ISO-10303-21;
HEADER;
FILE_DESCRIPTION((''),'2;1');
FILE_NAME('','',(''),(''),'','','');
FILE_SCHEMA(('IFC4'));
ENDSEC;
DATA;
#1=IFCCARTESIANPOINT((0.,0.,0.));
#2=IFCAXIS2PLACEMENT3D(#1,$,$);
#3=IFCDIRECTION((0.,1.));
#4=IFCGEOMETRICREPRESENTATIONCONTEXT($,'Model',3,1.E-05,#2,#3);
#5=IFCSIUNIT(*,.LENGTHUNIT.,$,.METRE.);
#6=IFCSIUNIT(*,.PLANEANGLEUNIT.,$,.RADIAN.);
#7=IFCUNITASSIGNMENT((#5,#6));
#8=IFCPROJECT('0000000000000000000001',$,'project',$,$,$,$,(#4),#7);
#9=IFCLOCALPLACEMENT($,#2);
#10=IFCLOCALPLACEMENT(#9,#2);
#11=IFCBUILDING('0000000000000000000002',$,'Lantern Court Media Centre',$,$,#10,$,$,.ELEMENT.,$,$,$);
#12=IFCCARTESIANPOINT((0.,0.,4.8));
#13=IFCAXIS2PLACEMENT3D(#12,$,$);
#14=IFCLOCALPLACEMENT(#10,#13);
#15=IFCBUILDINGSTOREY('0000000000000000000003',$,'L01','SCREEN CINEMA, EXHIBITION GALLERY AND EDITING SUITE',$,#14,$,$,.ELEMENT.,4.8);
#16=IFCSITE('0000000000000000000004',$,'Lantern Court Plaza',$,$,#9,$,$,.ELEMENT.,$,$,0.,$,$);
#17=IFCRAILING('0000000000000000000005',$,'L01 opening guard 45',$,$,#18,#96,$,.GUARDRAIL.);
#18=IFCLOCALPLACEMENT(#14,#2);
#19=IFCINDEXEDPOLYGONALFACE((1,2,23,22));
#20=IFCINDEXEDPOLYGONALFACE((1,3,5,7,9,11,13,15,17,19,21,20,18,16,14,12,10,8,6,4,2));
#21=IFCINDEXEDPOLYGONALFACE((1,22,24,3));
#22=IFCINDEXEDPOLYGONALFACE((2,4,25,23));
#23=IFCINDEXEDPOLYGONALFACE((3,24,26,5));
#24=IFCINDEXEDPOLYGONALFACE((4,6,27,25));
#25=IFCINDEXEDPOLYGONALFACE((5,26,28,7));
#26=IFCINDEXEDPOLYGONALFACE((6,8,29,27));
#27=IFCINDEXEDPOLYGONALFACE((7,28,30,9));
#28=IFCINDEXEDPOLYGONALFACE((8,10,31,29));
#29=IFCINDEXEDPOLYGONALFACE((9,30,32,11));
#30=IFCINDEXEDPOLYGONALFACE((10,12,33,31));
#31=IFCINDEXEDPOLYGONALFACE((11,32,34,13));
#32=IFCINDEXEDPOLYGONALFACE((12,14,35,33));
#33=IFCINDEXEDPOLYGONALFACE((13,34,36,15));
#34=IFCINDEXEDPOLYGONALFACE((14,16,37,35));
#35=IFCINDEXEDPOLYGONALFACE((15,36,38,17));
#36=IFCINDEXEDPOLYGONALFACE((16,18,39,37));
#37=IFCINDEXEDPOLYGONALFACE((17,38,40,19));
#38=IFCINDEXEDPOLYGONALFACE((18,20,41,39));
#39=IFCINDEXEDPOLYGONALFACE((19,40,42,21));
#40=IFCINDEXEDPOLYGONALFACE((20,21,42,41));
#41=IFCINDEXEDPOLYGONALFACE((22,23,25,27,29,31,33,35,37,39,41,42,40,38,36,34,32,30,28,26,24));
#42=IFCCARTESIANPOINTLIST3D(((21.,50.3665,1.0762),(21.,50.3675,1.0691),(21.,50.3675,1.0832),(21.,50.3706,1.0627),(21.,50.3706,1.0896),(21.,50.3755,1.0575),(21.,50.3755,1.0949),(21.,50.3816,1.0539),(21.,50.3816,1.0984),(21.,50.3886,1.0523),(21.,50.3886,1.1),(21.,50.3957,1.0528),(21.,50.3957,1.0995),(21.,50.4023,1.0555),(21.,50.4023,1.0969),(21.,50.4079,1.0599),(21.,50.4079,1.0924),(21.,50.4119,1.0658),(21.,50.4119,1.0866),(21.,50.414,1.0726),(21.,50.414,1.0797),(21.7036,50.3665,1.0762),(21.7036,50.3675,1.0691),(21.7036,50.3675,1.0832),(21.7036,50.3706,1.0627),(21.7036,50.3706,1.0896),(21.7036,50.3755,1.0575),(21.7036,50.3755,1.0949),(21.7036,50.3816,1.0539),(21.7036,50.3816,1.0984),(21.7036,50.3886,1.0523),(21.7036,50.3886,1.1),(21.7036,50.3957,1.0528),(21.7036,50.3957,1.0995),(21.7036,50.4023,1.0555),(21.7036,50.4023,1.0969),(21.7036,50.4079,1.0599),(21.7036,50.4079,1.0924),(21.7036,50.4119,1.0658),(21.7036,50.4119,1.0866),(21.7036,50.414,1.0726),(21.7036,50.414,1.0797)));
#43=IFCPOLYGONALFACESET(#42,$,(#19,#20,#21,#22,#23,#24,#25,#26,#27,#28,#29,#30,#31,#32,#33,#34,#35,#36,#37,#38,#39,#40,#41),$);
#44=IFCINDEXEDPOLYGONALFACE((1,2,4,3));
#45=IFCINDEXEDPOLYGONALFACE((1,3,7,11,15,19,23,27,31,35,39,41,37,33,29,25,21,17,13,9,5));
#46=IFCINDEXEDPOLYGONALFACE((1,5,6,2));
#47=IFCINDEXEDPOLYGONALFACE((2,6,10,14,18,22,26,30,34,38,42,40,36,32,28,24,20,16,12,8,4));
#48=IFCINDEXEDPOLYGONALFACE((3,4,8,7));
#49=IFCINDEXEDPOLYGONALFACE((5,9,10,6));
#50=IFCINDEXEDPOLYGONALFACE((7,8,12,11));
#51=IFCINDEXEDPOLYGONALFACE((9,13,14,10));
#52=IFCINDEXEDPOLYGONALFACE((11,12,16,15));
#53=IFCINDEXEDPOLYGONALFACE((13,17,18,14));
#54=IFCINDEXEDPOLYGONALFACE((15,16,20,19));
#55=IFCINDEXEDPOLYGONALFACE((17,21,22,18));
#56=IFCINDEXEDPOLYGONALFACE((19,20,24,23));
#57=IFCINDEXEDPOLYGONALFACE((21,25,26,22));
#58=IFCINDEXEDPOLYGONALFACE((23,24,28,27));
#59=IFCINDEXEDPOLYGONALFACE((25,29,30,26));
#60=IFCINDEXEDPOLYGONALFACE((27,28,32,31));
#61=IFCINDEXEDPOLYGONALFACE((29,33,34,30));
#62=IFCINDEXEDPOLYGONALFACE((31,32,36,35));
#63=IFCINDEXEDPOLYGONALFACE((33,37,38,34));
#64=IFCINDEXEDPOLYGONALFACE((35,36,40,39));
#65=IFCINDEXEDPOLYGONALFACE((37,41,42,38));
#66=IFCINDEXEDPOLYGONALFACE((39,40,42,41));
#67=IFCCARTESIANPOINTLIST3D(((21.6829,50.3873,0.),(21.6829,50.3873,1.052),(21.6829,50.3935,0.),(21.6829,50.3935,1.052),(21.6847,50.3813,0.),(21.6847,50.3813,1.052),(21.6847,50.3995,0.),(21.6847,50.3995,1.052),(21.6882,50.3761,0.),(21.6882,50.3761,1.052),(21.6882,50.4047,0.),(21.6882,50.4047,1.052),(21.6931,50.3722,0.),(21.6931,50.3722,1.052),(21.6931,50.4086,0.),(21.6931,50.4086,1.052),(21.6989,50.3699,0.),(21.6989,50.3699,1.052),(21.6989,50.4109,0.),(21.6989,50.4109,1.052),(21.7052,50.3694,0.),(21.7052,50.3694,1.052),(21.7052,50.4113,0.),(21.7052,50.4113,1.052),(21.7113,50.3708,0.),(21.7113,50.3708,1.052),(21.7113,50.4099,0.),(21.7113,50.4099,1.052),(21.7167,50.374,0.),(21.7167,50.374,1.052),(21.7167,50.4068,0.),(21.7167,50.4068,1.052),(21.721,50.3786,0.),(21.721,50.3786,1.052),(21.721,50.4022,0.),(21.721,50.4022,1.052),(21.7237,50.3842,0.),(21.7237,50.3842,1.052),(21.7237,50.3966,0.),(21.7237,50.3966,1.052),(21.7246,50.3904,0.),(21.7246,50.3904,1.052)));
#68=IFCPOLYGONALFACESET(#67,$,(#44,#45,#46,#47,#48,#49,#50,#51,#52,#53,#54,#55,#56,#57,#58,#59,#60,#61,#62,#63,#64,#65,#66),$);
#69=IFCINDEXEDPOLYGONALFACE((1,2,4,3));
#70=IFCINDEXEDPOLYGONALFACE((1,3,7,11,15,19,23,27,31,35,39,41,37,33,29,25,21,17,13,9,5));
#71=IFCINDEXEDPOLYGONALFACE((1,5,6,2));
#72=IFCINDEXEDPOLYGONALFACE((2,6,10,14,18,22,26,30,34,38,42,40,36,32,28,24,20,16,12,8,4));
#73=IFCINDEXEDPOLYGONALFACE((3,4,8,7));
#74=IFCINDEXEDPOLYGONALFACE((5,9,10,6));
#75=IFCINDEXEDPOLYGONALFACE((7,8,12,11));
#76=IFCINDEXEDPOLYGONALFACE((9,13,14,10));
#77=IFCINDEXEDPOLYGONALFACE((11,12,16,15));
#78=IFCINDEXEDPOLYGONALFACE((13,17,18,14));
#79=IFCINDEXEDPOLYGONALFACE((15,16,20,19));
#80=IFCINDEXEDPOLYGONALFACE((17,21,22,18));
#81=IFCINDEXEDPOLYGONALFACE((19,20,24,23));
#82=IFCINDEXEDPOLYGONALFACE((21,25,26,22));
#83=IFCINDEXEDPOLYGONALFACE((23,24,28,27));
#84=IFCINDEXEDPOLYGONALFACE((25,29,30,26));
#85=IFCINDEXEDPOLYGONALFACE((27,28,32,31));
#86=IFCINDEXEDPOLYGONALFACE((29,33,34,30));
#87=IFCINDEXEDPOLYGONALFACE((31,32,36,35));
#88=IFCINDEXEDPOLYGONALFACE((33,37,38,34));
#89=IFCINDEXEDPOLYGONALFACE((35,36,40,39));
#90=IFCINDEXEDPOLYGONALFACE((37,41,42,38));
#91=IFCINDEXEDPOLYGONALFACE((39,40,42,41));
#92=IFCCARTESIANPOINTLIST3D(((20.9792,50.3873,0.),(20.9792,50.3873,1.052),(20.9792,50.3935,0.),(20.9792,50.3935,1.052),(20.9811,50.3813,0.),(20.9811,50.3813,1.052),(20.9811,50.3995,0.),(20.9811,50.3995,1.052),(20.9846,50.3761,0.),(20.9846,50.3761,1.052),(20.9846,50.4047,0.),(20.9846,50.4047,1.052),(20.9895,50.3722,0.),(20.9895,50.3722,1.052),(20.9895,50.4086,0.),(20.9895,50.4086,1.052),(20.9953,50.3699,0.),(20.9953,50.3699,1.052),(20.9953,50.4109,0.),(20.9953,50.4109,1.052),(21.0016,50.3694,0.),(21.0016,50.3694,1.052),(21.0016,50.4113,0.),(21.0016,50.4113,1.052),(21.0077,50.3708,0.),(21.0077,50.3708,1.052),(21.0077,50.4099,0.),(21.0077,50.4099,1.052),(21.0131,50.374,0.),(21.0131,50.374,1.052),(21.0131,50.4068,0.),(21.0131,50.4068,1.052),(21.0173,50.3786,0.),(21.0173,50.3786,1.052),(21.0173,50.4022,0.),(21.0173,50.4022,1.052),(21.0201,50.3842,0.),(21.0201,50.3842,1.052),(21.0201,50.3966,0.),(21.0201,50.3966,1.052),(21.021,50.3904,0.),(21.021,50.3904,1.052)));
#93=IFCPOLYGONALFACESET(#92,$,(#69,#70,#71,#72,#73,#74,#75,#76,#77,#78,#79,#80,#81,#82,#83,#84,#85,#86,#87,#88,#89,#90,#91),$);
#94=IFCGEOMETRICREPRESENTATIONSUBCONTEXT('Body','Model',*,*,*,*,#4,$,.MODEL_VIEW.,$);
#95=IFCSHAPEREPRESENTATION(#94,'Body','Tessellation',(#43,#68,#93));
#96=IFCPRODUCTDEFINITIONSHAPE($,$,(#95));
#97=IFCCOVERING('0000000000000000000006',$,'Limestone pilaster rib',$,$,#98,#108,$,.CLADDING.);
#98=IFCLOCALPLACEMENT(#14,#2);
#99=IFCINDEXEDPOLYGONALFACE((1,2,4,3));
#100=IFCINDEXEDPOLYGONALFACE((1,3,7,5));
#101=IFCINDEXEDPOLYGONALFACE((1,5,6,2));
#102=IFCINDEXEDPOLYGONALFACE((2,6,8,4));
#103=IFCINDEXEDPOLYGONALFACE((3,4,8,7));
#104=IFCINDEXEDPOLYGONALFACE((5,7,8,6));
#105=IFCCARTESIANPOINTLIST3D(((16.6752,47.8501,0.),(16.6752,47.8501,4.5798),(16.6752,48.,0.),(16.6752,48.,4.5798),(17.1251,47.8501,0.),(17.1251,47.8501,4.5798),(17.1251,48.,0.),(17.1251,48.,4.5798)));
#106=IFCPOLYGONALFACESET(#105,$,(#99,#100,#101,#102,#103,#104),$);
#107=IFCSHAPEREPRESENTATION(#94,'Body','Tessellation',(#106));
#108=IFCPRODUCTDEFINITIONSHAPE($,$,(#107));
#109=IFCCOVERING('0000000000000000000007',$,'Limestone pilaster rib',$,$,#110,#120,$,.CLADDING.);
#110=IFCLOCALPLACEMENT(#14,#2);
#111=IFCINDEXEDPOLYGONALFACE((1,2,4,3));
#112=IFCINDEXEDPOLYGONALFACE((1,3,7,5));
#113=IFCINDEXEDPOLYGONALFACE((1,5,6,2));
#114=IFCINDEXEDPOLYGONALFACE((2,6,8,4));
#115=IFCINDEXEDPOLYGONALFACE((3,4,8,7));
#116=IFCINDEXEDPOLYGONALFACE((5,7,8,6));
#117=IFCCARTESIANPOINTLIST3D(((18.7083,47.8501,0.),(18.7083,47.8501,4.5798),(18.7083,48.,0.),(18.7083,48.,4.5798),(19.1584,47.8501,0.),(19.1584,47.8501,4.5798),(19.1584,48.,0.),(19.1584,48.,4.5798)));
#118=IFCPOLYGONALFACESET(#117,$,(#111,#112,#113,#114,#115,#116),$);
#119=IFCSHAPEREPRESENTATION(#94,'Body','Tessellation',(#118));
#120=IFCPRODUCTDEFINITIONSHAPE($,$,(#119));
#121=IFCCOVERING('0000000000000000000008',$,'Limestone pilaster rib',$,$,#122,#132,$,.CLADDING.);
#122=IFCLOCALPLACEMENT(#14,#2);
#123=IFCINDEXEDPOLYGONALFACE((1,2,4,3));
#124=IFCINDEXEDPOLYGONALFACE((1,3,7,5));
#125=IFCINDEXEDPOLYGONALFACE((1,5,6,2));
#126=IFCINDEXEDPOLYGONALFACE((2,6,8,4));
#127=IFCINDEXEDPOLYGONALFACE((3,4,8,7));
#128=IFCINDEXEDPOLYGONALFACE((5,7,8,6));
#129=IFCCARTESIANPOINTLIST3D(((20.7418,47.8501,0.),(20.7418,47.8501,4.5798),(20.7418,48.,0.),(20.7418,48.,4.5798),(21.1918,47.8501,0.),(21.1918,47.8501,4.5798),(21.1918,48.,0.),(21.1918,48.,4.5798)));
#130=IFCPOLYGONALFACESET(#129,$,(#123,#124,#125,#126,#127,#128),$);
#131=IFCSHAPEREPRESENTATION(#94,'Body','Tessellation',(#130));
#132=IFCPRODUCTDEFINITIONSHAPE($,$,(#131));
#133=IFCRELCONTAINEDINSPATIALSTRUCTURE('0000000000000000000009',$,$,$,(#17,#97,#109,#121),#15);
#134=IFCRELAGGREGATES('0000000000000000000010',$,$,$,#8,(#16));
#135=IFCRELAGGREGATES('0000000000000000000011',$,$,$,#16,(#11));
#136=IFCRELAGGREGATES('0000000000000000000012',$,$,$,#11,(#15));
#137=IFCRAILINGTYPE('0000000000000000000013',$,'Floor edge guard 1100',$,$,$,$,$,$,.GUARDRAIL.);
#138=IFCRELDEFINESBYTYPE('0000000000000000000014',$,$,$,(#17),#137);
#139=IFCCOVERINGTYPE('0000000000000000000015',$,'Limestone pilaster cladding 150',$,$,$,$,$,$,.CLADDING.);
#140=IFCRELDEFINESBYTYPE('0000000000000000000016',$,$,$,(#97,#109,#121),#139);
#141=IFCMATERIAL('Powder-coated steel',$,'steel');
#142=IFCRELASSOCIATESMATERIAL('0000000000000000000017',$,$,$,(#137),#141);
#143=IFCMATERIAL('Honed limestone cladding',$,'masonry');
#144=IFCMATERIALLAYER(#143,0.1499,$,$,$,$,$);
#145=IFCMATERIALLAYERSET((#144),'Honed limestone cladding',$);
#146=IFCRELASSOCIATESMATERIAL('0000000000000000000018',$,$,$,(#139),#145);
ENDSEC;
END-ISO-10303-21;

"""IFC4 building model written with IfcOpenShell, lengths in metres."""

from ifc_helpers import new_model, si_unit, direction, frame, frame_2d, origin, origin_2d, place, context, subcontext, project, spatial, rectangle, circle, extrude, material, layer, layer_set, type_object, element, save


model = new_model("IFC4")

# Units and contexts
model_context = context("Model", 3, precision=1e-05, world=origin(), true_north=direction((0.0, 1.0)))
body_context = subcontext(model_context, "Body", "Model", "MODEL_VIEW")
ifc_project = project(units=[si_unit("LENGTHUNIT", "METRE"), si_unit("PLANEANGLEUNIT", "RADIAN")], contexts=[model_context])

# Site, building, storey
site_placement = place(None, origin())
site = spatial("IfcSite", under=ifc_project, at=site_placement, Name="Lantern Court Plaza", CompositionType="ELEMENT", RefElevation=0.0)
building_placement = place(site_placement, origin())
building = spatial("IfcBuilding", under=site, at=building_placement, Name="Lantern Court Media Centre", CompositionType="ELEMENT")
storey_placement = place(building_placement, frame((0.0, 0.0, 4.8)))
storey = spatial("IfcBuildingStorey", under=building, at=storey_placement, Name="L01", Description="SCREEN CINEMA, EXHIBITION GALLERY AND EDITING SUITE", CompositionType="ELEMENT", Elevation=4.8)

# Railing
ifc_material_1 = material(Name="Powder-coated steel", Category="steel")
railing_type_1 = type_object("IfcRailingType", Name="Floor edge guard 1100", PredefinedType="GUARDRAIL", material=ifc_material_1)
railing_1_placement = place(storey_placement, frame((21.7036, 50.3904, 0.0)))
element("IfcRailing", 1, at=railing_1_placement, inside=storey, type_object=railing_type_1, Name="L01 opening guard 45", PredefinedType="GUARDRAIL", context=body_context, shape_type="SweptSolid", body=[
    extrude(circle(Radius=0.0239, at=origin_2d()), frame((0.0, 0.0, 1.0762), z_axis=(-1.0, 0.0, 0.0), x_axis=(0.0, -1.0, 0.0)), (0.0, 0.0, 1.0), 0.7036),
    extrude(circle(Radius=0.021, at=origin_2d()), origin(), (0.0, 0.0, 1.0), 1.052),
    extrude(circle(Radius=0.021, at=origin_2d()), frame((-0.7036, 0.0, 0.0)), (0.0, 0.0, 1.0), 1.052),
])

# Coverings
ifc_material_2 = material(Name="Honed limestone cladding", Category="masonry")
ifc_layer_1 = layer(ifc_material_2, 0.1499)
ifc_layer_set_1 = layer_set([ifc_layer_1], Name="Honed limestone cladding")
covering_type = type_object("IfcCoveringType", Name="Limestone pilaster cladding 150", PredefinedType="CLADDING", material=ifc_layer_set_1)
covering_1_placement = place(storey_placement, frame((16.675, 47.925, 0.0), z_axis=(0.0, 0.0, 1.0), x_axis=(1.0, 0.0, 0.0)))
element("IfcCovering", 2, at=covering_1_placement, inside=storey, type_object=covering_type, Name="Limestone pilaster rib", PredefinedType="CLADDING", context=body_context, shape_type="SweptSolid", body=[
    extrude(rectangle(XDim=0.45, YDim=0.1499, at=frame_2d((0.2251, 0.0))), origin(), (0.0, 0.0, 1.0), 4.5798),
])
covering_2_placement = place(storey_placement, frame((18.7083, 47.925, 0.0), z_axis=(0.0, 0.0, 1.0), x_axis=(1.0, 0.0, 0.0)))
element("IfcCovering", 3, at=covering_2_placement, inside=storey, type_object=covering_type, Name="Limestone pilaster rib", PredefinedType="CLADDING", context=body_context, shape_type="SweptSolid", body=[
    extrude(rectangle(XDim=0.4502, YDim=0.1499, at=frame_2d((0.2251, 0.0))), origin(), (0.0, 0.0, 1.0), 4.5798),
])
covering_3_placement = place(storey_placement, frame((20.7417, 47.925, 0.0), z_axis=(0.0, 0.0, 1.0), x_axis=(1.0, 0.0, 0.0)))
element("IfcCovering", 4, at=covering_3_placement, inside=storey, type_object=covering_type, Name="Limestone pilaster rib", PredefinedType="CLADDING", context=body_context, shape_type="SweptSolid", body=[
    extrude(rectangle(XDim=0.45, YDim=0.1499, at=frame_2d((0.2251, 0.0))), origin(), (0.0, 0.0, 1.0), 4.5798),
])

save(model, "model.ifc")
